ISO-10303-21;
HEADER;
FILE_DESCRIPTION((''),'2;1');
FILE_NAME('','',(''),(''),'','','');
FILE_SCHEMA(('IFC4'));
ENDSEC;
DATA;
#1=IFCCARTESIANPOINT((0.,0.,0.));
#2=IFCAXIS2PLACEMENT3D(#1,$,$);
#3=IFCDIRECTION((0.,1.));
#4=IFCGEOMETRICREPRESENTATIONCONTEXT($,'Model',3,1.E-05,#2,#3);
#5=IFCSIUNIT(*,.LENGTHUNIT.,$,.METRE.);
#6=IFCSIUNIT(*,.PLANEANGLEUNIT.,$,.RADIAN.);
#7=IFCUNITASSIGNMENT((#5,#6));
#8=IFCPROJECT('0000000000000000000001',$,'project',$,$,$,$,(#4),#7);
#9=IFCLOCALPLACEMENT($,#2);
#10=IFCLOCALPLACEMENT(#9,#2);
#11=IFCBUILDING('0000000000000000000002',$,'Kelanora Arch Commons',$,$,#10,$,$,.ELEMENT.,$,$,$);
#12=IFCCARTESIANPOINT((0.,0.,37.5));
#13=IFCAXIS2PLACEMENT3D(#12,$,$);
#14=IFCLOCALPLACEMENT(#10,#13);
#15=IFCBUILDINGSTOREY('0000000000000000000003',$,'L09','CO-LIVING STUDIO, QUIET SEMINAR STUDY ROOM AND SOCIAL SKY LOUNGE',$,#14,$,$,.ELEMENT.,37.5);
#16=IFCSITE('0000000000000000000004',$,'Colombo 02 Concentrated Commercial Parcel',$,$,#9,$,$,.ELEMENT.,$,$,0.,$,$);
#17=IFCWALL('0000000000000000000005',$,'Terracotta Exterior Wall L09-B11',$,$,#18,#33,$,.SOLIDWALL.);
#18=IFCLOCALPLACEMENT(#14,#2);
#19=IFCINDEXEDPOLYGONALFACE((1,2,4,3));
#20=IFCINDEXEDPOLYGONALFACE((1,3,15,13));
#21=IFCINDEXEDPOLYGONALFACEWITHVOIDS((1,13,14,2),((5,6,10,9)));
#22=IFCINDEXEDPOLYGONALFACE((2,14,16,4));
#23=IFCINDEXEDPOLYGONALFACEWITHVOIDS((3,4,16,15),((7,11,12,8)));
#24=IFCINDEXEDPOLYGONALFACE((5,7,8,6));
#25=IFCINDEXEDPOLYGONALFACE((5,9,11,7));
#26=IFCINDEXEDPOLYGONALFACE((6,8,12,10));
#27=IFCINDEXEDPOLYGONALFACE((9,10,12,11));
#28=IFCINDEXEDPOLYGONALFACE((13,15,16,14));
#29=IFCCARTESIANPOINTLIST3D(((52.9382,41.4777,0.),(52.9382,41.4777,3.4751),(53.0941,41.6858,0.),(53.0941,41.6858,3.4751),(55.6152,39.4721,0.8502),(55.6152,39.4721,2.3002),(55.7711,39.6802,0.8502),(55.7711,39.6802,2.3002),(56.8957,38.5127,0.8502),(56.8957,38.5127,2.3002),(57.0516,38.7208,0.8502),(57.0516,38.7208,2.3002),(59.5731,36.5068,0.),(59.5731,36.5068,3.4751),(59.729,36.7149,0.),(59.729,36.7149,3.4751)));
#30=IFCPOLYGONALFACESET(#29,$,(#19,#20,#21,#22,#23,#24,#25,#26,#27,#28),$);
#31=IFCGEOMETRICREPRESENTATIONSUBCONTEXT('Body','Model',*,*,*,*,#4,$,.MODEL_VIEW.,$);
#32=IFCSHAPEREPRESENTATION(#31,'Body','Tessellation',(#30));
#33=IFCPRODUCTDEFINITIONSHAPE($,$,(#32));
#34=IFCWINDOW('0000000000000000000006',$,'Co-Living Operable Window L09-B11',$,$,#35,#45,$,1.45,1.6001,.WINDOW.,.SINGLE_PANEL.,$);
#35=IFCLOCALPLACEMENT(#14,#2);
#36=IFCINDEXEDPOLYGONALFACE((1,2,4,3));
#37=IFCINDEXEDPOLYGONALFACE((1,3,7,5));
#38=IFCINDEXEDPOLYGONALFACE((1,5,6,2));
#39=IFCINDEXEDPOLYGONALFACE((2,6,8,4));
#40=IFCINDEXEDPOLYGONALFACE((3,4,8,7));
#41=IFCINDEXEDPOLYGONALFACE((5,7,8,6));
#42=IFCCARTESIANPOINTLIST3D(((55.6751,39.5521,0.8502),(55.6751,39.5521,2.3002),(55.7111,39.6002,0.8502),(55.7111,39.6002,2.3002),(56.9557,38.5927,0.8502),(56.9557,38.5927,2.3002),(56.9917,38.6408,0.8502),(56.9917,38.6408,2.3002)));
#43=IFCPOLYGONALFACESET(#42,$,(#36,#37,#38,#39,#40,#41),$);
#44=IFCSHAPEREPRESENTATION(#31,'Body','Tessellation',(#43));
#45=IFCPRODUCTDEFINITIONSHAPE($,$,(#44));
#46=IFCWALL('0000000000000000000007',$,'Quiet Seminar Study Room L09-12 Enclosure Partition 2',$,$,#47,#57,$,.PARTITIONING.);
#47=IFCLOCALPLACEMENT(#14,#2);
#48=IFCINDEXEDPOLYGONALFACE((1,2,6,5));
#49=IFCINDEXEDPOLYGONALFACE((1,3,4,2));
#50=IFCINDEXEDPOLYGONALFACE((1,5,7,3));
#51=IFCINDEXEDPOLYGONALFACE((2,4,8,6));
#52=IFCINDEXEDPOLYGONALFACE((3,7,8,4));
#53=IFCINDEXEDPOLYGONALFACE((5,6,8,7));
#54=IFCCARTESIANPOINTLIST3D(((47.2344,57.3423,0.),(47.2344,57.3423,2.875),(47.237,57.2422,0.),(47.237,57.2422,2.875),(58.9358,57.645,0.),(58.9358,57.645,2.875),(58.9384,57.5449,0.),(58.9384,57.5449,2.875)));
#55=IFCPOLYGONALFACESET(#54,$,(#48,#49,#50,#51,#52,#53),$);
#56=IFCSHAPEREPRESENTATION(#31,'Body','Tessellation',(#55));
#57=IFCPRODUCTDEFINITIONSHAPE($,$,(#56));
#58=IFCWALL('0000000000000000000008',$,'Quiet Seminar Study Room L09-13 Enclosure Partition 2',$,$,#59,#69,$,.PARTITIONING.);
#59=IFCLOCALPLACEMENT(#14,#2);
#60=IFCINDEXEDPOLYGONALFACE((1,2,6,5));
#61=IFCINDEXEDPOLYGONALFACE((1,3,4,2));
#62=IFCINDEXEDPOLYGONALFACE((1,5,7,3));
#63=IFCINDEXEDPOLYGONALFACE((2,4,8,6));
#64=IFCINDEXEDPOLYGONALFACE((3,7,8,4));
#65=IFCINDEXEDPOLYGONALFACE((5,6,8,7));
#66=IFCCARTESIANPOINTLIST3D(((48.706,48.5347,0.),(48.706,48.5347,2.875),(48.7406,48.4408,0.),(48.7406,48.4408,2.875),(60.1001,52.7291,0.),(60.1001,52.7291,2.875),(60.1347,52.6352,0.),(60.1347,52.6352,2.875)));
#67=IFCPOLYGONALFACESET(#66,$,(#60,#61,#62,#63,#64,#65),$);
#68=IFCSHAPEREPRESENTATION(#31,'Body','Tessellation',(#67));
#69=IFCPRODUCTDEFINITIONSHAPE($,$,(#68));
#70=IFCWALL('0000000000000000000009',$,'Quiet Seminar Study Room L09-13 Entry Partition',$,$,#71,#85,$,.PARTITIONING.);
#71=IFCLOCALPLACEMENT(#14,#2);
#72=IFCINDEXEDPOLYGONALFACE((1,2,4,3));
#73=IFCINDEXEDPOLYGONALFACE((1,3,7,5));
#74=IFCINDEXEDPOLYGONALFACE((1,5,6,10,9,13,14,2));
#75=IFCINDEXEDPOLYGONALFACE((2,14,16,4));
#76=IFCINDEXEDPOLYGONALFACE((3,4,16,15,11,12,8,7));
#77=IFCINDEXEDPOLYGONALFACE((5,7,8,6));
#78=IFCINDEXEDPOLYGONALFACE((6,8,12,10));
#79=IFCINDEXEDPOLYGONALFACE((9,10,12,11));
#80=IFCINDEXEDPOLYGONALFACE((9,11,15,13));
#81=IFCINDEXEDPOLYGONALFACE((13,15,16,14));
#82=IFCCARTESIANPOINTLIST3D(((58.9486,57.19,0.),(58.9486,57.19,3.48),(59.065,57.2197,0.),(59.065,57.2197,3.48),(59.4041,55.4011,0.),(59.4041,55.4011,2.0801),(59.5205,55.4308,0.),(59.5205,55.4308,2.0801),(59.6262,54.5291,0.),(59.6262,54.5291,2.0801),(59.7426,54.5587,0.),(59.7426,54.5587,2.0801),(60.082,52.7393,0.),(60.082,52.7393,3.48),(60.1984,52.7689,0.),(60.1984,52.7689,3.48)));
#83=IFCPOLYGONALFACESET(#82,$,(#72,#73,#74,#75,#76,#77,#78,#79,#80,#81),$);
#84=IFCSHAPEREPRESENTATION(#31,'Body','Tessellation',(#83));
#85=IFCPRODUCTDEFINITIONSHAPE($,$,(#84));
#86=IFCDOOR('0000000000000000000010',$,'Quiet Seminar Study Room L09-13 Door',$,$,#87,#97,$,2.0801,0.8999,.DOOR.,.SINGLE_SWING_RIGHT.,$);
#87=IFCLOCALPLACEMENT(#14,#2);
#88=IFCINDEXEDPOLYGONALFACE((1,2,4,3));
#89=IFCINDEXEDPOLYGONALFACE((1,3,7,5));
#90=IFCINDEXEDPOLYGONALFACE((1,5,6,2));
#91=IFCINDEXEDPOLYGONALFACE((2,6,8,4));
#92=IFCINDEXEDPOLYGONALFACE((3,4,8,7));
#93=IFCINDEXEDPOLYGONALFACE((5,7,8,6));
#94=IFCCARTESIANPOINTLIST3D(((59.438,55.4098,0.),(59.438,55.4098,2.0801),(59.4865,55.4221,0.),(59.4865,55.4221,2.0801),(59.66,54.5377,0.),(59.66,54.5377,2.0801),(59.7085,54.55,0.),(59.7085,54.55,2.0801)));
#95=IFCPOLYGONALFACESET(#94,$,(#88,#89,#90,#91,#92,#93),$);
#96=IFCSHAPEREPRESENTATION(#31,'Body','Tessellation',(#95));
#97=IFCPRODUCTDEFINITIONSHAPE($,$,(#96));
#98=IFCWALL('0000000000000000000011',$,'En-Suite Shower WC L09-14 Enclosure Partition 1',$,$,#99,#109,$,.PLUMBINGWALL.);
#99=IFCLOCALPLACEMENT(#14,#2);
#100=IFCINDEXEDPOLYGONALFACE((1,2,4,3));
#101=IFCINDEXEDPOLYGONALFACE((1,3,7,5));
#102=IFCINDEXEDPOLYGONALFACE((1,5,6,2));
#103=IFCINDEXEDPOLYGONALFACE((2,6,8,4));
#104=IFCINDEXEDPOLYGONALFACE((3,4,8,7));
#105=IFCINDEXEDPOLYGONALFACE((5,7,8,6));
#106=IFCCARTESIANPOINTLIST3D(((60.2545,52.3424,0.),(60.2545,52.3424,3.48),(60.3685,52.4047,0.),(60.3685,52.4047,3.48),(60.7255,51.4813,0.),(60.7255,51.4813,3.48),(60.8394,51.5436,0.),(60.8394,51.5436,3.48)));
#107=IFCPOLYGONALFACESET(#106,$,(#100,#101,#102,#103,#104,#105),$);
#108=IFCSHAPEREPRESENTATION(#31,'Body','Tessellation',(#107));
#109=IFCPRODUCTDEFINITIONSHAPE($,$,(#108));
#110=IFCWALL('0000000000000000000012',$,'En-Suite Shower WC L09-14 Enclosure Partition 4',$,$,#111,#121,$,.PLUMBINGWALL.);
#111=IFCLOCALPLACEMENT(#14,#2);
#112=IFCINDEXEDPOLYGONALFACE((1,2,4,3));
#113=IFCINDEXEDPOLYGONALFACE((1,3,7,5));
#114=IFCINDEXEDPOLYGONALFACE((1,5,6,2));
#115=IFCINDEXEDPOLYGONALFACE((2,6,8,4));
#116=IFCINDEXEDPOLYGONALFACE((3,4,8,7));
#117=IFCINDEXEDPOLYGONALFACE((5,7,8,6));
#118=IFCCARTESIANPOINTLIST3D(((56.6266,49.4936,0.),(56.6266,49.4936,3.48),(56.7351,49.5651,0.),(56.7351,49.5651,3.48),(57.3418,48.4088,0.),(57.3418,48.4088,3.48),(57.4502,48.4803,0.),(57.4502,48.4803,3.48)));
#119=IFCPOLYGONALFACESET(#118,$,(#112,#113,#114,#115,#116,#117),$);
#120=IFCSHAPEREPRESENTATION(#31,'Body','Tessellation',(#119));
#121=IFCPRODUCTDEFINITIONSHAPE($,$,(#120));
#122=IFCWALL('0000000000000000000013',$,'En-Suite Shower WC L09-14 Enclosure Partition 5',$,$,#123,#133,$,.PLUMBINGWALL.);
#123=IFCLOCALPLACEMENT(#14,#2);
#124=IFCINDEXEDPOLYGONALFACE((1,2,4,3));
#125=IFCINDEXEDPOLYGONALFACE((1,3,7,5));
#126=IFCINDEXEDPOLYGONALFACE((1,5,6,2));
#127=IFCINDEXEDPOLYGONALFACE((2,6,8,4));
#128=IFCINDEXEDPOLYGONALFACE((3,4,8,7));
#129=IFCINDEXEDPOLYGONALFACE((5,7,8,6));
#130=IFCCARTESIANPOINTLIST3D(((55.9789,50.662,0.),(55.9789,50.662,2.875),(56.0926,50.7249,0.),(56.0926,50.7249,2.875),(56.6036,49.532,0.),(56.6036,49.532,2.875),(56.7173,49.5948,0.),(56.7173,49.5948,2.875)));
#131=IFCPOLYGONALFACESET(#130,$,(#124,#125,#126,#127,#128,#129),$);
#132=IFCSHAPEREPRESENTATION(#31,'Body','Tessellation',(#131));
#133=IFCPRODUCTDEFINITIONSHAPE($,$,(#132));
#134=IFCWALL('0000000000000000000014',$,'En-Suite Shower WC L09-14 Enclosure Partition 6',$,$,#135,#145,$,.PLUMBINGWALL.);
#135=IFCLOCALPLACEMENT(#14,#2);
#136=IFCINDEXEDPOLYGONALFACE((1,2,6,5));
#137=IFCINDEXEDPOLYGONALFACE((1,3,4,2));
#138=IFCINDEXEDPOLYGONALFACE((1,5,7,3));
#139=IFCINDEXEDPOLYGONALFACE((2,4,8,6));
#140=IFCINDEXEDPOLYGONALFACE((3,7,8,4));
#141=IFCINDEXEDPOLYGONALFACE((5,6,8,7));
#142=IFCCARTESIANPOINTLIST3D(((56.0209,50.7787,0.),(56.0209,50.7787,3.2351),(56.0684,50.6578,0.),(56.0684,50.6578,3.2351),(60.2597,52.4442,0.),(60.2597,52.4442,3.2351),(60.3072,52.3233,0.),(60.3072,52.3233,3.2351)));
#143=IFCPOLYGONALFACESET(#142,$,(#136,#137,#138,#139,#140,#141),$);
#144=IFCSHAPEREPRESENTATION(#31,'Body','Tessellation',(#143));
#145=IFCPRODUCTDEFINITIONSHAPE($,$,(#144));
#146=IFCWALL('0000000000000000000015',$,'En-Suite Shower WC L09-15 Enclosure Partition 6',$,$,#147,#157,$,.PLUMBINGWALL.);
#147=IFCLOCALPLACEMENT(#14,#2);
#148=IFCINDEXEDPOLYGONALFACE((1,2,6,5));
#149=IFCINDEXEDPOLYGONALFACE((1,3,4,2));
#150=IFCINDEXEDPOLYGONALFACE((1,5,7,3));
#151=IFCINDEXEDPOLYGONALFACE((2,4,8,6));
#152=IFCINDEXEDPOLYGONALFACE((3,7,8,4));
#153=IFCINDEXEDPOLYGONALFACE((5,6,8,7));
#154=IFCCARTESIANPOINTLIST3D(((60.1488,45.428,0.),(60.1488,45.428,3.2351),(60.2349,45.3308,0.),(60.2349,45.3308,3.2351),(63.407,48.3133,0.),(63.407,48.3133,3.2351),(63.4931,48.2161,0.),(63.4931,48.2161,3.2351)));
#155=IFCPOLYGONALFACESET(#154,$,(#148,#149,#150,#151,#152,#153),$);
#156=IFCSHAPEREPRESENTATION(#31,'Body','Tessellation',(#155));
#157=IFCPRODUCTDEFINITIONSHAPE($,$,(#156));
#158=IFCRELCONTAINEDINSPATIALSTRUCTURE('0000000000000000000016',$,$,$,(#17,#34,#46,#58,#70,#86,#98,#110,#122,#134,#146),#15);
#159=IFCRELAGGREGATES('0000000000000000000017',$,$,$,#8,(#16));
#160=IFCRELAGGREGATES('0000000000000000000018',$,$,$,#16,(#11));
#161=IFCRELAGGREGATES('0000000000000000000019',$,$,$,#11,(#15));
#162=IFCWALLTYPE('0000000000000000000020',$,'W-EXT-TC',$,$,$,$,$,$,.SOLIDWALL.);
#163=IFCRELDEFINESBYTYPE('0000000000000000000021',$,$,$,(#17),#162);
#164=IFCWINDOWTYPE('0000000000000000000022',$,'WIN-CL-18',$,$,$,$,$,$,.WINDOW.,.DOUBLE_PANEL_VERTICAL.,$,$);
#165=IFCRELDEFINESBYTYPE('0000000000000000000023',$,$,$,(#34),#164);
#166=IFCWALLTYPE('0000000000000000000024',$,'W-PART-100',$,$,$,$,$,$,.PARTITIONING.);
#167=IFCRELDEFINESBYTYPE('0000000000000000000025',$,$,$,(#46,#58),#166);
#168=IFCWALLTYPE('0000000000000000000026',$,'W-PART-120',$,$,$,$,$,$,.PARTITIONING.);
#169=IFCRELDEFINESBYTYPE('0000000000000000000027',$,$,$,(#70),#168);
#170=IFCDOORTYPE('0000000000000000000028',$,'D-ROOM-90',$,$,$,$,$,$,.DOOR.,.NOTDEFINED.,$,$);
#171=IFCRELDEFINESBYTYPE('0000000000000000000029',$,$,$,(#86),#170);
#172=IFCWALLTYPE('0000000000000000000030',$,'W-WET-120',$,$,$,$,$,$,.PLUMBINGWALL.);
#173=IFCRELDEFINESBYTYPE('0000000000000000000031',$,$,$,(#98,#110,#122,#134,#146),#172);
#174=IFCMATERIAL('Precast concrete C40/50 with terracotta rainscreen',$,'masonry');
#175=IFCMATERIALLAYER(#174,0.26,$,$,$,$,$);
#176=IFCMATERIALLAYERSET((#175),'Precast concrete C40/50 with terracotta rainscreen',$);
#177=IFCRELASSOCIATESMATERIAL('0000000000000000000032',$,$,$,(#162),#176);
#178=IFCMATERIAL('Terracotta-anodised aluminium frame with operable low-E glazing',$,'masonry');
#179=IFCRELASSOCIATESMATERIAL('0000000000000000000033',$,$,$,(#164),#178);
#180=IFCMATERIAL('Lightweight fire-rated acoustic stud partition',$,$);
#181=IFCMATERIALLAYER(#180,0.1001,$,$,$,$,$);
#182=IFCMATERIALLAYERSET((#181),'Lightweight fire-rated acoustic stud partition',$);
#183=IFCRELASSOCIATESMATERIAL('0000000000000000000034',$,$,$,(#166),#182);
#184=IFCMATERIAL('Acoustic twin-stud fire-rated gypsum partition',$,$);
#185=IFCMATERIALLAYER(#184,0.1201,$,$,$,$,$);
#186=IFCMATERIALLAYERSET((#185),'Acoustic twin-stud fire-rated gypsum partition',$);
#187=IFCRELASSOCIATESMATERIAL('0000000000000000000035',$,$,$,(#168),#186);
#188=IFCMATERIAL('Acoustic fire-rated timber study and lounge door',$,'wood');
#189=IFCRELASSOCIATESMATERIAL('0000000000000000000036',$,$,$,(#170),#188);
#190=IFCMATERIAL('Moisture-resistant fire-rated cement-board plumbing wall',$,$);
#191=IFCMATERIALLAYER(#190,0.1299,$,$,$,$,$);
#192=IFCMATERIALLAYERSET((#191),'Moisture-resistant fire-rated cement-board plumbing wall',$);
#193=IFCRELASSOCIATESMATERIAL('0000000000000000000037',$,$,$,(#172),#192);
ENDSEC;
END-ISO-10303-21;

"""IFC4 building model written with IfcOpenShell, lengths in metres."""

from ifc_helpers import new_model, si_unit, direction, frame, frame_2d, origin, place, context, subcontext, project, spatial, rectangle, extrude, material, layer, layer_set, type_object, element, fill, save


model = new_model("IFC4")

# Units and contexts
model_context = context("Model", 3, precision=1e-05, world=origin(), true_north=direction((0.0, 1.0)))
body_context = subcontext(model_context, "Body", "Model", "MODEL_VIEW")
ifc_project = project(units=[si_unit("LENGTHUNIT", "METRE"), si_unit("PLANEANGLEUNIT", "RADIAN")], contexts=[model_context])

# Site, building, storey
site_placement = place(None, origin())
site = spatial("IfcSite", under=ifc_project, at=site_placement, Name="Colombo 02 Concentrated Commercial Parcel", CompositionType="ELEMENT", RefElevation=0.0)
building_placement = place(site_placement, origin())
building = spatial("IfcBuilding", under=site, at=building_placement, Name="Kelanora Arch Commons", CompositionType="ELEMENT")
storey_placement = place(building_placement, frame((0.0, 0.0, 37.5)))
storey = spatial("IfcBuildingStorey", under=building, at=storey_placement, Name="L09", Description="CO-LIVING STUDIO, QUIET SEMINAR STUDY ROOM AND SOCIAL SKY LOUNGE", CompositionType="ELEMENT", Elevation=37.5)

# Wall, opening, window
ifc_material_1 = material(Name="Precast concrete C40/50 with terracotta rainscreen", Category="masonry")
ifc_layer_1 = layer(ifc_material_1, 0.26)
ifc_layer_set_1 = layer_set([ifc_layer_1], Name="Precast concrete C40/50 with terracotta rainscreen")
wall_type_1 = type_object("IfcWallType", Name="W-EXT-TC", PredefinedType="SOLIDWALL", material=ifc_layer_set_1)
wall_1_placement = place(storey_placement, frame((53.0161, 41.5818, 0.0), z_axis=(0.0, 0.0, 1.0), x_axis=(0.800307, -0.59959, 0.0)))
wall_1 = element("IfcWall", 1, at=wall_1_placement, inside=storey, type_object=wall_type_1, Name="Terracotta Exterior Wall L09-B11", PredefinedType="SOLIDWALL", context=body_context, shape_type="SweptSolid", body=[
    extrude(rectangle(XDim=8.2905, YDim=0.26, at=frame_2d((4.1453, 0.0))), origin(), (0.0, 0.0, 1.0), 3.4751),
])
opening_1_placement = place(wall_1_placement, frame((3.345, 0.0, 0.8501)))
opening_1 = element("IfcOpeningElement", 2, at=opening_1_placement, cuts=wall_1, PredefinedType="OPENING", context=body_context, shape_type="SweptSolid", body=[
    extrude(rectangle(XDim=1.6001, YDim=1.45, at=frame_2d((0.8, 0.7251))), frame((0.0, 0.1401, 0.0), z_axis=(0.0, -1.0, 0.0), x_axis=(1.0, 0.0, 0.0)), (0.0, 0.0, 1.0), 0.28),
])
ifc_material_2 = material(Name="Terracotta-anodised aluminium frame with operable low-E glazing", Category="masonry")
window_type = type_object("IfcWindowType", Name="WIN-CL-18", PartitioningType="DOUBLE_PANEL_VERTICAL", PredefinedType="WINDOW", material=ifc_material_2)
window_placement = place(opening_1_placement, origin())
window = element("IfcWindow", 3, at=window_placement, inside=storey, type_object=window_type, Name="Co-Living Operable Window L09-B11", OverallHeight=1.45, OverallWidth=1.6001, PartitioningType="SINGLE_PANEL", PredefinedType="WINDOW", context=body_context, shape_type="SweptSolid", body=[
    extrude(rectangle(XDim=1.6001, YDim=1.45, at=frame_2d((0.8, 0.7251))), frame((0.0, 0.03, 0.0), z_axis=(0.0, -1.0, 0.0), x_axis=(1.0, 0.0, 0.0)), (0.0, 0.0, 1.0), 0.0601),
])
fill(opening_1, window)

# Walls
ifc_material_3 = material(Name="Lightweight fire-rated acoustic stud partition")
ifc_layer_2 = layer(ifc_material_3, 0.1001)
ifc_layer_set_2 = layer_set([ifc_layer_2], Name="Lightweight fire-rated acoustic stud partition")
wall_type_2 = type_object("IfcWallType", Name="W-PART-100", PredefinedType="PARTITIONING", material=ifc_layer_set_2)
wall_2_placement = place(storey_placement, frame((58.937, 57.595, 0.0), z_axis=(0.0, 0.0, 1.0), x_axis=(-0.999665, -0.025863, 0.0)))
element("IfcWall", 4, at=wall_2_placement, inside=storey, type_object=wall_type_2, Name="Quiet Seminar Study Room L09-12 Enclosure Partition 2", PredefinedType="PARTITIONING", context=body_context, shape_type="SweptSolid", body=[
    extrude(rectangle(XDim=11.7053, YDim=0.1001, at=frame_2d((5.8525, 0.0))), origin(), (0.0, 0.0, 1.0), 2.875),
])
wall_3_placement = place(storey_placement, frame((60.1174, 52.6821, 0.0), z_axis=(0.0, 0.0, 1.0), x_axis=(-0.938436, -0.345454, 0.0)))
element("IfcWall", 5, at=wall_3_placement, inside=storey, type_object=wall_type_2, Name="Quiet Seminar Study Room L09-13 Enclosure Partition 2", PredefinedType="PARTITIONING", context=body_context, shape_type="SweptSolid", body=[
    extrude(rectangle(XDim=12.1416, YDim=0.1001, at=frame_2d((6.0708, 0.0))), origin(), (0.0, 0.0, 1.0), 2.875),
])

# Wall, opening, door
ifc_material_4 = material(Name="Acoustic twin-stud fire-rated gypsum partition")
ifc_layer_3 = layer(ifc_material_4, 0.1201)
ifc_layer_set_3 = layer_set([ifc_layer_3], Name="Acoustic twin-stud fire-rated gypsum partition")
wall_type_3 = type_object("IfcWallType", Name="W-PART-120", PredefinedType="PARTITIONING", material=ifc_layer_set_3)
wall_4_placement = place(storey_placement, frame((59.0068, 57.2048, 0.0), z_axis=(0.0, 0.0, 1.0), x_axis=(0.246761, -0.969076, 0.0)))
wall_4 = element("IfcWall", 6, at=wall_4_placement, inside=storey, type_object=wall_type_3, Name="Quiet Seminar Study Room L09-13 Entry Partition", PredefinedType="PARTITIONING", context=body_context, shape_type="SweptSolid", body=[
    extrude(rectangle(XDim=4.5928, YDim=0.1201, at=frame_2d((2.2964, 0.0))), origin(), (0.0, 0.0, 1.0), 3.48),
])
opening_2_placement = place(wall_4_placement, frame((1.8459, 0.0, 0.0)))
opening_2 = element("IfcOpeningElement", 7, at=opening_2_placement, cuts=wall_4, PredefinedType="OPENING", context=body_context, shape_type="SweptSolid", body=[
    extrude(rectangle(XDim=0.8999, YDim=2.0801, at=frame_2d((0.45, 1.04))), frame((0.0, 0.0701, 0.0), z_axis=(0.0, -1.0, 0.0), x_axis=(1.0, 0.0, 0.0)), (0.0, 0.0, 1.0), 0.1401),
])
ifc_material_5 = material(Name="Acoustic fire-rated timber study and lounge door", Category="wood")
door_type = type_object("IfcDoorType", Name="D-ROOM-90", OperationType="NOTDEFINED", PredefinedType="DOOR", material=ifc_material_5)
door_placement = place(opening_2_placement, origin())
door = element("IfcDoor", 8, at=door_placement, inside=storey, type_object=door_type, Name="Quiet Seminar Study Room L09-13 Door", OperationType="SINGLE_SWING_RIGHT", OverallHeight=2.0801, OverallWidth=0.8999, PredefinedType="DOOR", context=body_context, shape_type="SweptSolid", body=[
    extrude(rectangle(XDim=0.8999, YDim=2.0801, at=frame_2d((0.45, 1.04))), frame((0.0, 0.0249, 0.0), z_axis=(0.0, -1.0, 0.0), x_axis=(1.0, 0.0, 0.0)), (0.0, 0.0, 1.0), 0.05),
])
fill(opening_2, door)

# Walls
ifc_material_6 = material(Name="Moisture-resistant fire-rated cement-board plumbing wall")
ifc_layer_4 = layer(ifc_material_6, 0.1299)
ifc_layer_set_4 = layer_set([ifc_layer_4], Name="Moisture-resistant fire-rated cement-board plumbing wall")
wall_type_4 = type_object("IfcWallType", Name="W-WET-120", PredefinedType="PLUMBINGWALL", material=ifc_layer_set_4)
wall_5_placement = place(storey_placement, frame((60.3115, 52.3735, 0.0), z_axis=(0.0, 0.0, 1.0), x_axis=(0.479845, -0.877353, 0.0)))
element("IfcWall", 9, at=wall_5_placement, inside=storey, type_object=wall_type_4, Name="En-Suite Shower WC L09-14 Enclosure Partition 1", PredefinedType="PLUMBINGWALL", context=body_context, shape_type="SweptSolid", body=[
    extrude(rectangle(XDim=0.9814, YDim=0.1299, at=frame_2d((0.4907, 0.0))), origin(), (0.0, 0.0, 1.0), 3.48),
])
wall_6_placement = place(storey_placement, frame((57.396, 48.4446, 0.0), z_axis=(0.0, 0.0, 1.0), x_axis=(-0.5504, 0.834901, 0.0)))
element("IfcWall", 10, at=wall_6_placement, inside=storey, type_object=wall_type_4, Name="En-Suite Shower WC L09-14 Enclosure Partition 4", PredefinedType="PLUMBINGWALL", context=body_context, shape_type="SweptSolid", body=[
    extrude(rectangle(XDim=1.2993, YDim=0.1299, at=frame_2d((0.6497, 0.0))), origin(), (0.0, 0.0, 1.0), 3.48),
])
wall_7_placement = place(storey_placement, frame((56.6604, 49.5635, 0.0), z_axis=(0.0, 0.0, 1.0), x_axis=(-0.483812, 0.875172, 0.0)))
element("IfcWall", 11, at=wall_7_placement, inside=storey, type_object=wall_type_4, Name="En-Suite Shower WC L09-14 Enclosure Partition 5", PredefinedType="PLUMBINGWALL", context=body_context, shape_type="SweptSolid", body=[
    extrude(rectangle(XDim=1.2913, YDim=0.1299, at=frame_2d((0.6455, 0.0))), origin(), (0.0, 0.0, 1.0), 2.875),
])
wall_8_placement = place(storey_placement, frame((56.0447, 50.7183, 0.0), z_axis=(0.0, 0.0, 1.0), x_axis=(0.930729, 0.365709, 0.0)))
element("IfcWall", 12, at=wall_8_placement, inside=storey, type_object=wall_type_4, Name="En-Suite Shower WC L09-14 Enclosure Partition 6", PredefinedType="PLUMBINGWALL", context=body_context, shape_type="SweptSolid", body=[
    extrude(rectangle(XDim=4.5542, YDim=0.1299, at=frame_2d((2.2771, 0.0))), origin(), (0.0, 0.0, 1.0), 3.2351),
])
wall_9_placement = place(storey_placement, frame((60.1919, 45.3794, 0.0), z_axis=(0.0, 0.0, 1.0), x_axis=(0.74864, 0.662977, 0.0)))
element("IfcWall", 13, at=wall_9_placement, inside=storey, type_object=wall_type_4, Name="En-Suite Shower WC L09-15 Enclosure Partition 6", PredefinedType="PLUMBINGWALL", context=body_context, shape_type="SweptSolid", body=[
    extrude(rectangle(XDim=4.3521, YDim=0.1299, at=frame_2d((2.176, 0.0))), origin(), (0.0, 0.0, 1.0), 3.2351),
])

save(model, "model.ifc")
